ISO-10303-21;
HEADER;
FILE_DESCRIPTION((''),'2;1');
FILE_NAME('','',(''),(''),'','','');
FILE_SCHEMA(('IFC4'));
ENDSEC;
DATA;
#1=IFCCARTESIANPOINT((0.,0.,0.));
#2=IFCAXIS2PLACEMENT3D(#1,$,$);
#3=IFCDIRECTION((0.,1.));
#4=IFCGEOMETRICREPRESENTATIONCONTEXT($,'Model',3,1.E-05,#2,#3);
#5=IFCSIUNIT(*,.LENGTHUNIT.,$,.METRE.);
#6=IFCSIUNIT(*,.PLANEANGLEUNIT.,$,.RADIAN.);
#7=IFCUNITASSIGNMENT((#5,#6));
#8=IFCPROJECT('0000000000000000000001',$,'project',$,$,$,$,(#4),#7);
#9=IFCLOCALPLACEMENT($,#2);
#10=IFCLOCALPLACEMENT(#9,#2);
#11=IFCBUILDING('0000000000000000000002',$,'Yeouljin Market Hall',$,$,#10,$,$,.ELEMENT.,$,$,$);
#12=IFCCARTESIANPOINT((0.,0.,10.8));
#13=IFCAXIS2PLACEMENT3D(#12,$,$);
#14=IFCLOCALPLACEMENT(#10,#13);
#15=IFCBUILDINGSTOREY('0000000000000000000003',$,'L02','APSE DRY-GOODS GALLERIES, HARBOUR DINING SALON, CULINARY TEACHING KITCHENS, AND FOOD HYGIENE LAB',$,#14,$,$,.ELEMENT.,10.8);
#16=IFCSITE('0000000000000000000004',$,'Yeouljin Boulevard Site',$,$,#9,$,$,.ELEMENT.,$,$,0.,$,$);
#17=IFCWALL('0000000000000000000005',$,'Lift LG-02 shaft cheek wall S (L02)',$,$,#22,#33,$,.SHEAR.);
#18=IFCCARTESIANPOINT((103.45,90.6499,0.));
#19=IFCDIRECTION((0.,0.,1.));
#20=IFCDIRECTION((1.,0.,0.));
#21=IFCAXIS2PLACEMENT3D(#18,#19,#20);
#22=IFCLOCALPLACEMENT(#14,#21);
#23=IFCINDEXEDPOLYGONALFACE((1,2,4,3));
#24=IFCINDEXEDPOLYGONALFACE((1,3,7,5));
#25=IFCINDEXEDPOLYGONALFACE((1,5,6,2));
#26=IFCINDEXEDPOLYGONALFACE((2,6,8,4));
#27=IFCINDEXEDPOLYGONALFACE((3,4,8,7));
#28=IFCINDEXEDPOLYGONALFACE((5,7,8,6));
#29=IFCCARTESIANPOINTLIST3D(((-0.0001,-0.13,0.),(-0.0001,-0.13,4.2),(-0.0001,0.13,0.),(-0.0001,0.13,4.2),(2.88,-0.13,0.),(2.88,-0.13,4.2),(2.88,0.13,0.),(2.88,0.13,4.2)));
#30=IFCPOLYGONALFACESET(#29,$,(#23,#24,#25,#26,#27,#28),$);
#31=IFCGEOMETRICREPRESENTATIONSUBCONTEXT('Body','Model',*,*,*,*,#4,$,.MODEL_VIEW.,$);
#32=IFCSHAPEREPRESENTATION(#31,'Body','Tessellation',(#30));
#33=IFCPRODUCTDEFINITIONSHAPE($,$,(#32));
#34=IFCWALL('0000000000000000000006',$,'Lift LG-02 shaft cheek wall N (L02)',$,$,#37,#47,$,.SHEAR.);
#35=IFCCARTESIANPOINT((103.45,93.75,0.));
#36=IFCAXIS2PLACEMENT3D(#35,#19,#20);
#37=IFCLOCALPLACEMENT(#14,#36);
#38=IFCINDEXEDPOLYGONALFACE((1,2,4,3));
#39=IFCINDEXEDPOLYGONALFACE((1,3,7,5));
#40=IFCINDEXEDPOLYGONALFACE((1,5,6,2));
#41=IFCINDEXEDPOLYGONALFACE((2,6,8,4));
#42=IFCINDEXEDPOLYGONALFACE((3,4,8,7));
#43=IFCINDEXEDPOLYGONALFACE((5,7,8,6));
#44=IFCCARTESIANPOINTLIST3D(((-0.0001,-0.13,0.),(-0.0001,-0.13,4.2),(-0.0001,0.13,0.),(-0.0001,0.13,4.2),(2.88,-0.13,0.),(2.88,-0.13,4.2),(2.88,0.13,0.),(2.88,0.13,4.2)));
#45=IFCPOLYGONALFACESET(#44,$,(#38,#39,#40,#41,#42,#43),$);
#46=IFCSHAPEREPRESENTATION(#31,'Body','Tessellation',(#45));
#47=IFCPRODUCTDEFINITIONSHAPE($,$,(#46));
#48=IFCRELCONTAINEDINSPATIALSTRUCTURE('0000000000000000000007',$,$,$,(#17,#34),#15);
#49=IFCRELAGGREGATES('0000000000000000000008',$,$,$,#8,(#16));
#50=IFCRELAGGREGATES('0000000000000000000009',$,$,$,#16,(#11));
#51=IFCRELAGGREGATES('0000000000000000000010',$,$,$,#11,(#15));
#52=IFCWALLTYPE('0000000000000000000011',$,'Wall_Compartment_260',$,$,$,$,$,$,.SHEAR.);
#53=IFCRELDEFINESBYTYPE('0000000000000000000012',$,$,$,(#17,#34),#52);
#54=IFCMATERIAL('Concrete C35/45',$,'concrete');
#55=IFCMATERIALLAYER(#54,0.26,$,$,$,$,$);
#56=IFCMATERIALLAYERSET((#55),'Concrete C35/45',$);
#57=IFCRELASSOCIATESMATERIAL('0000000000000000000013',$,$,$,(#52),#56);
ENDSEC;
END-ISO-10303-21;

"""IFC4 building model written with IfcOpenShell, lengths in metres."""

from ifc_helpers import new_model, si_unit, direction, frame, frame_2d, origin, place, context, subcontext, project, spatial, rectangle, extrude, material, layer, layer_set, type_object, element, save


model = new_model("IFC4")

# Units and contexts
model_context = context("Model", 3, precision=1e-05, world=origin(), true_north=direction((0.0, 1.0)))
body_context = subcontext(model_context, "Body", "Model", "MODEL_VIEW")
ifc_project = project(units=[si_unit("LENGTHUNIT", "METRE"), si_unit("PLANEANGLEUNIT", "RADIAN")], contexts=[model_context])

# Site, building, storey
site_placement = place(None, origin())
site = spatial("IfcSite", under=ifc_project, at=site_placement, Name="Yeouljin Boulevard Site", CompositionType="ELEMENT", RefElevation=0.0)
building_placement = place(site_placement, origin())
building = spatial("IfcBuilding", under=site, at=building_placement, Name="Yeouljin Market Hall", CompositionType="ELEMENT")
storey_placement = place(building_placement, frame((0.0, 0.0, 10.8)))
storey = spatial("IfcBuildingStorey", under=building, at=storey_placement, Name="L02", Description="APSE DRY-GOODS GALLERIES, HARBOUR DINING SALON, CULINARY TEACHING KITCHENS, AND FOOD HYGIENE LAB", CompositionType="ELEMENT", Elevation=10.8)

# Shared definitions
ifc_material_1 = material(Name="Concrete C35/45", Category="concrete")
ifc_layer_1 = layer(ifc_material_1, 0.26)
ifc_layer_set_1 = layer_set([ifc_layer_1], Name="Concrete C35/45")
wall_type_1 = type_object("IfcWallType", Name="Wall_Compartment_260", PredefinedType="SHEAR", material=ifc_layer_set_1)

# Walls
for number, where, z_axis, x_axis, name in (
    (1, (103.45, 90.6499, 0.0), (0.0, 0.0, 1.0), (1.0, 0.0, 0.0), "Lift LG-02 shaft cheek wall S (L02)"),
    (2, (103.45, 93.75, 0.0), (0.0, 0.0, 1.0), (1.0, 0.0, 0.0), "Lift LG-02 shaft cheek wall N (L02)"),
):
    element("IfcWall", number, at=place(storey_placement, frame(where, z_axis=z_axis, x_axis=x_axis)), inside=storey, type_object=wall_type_1, Name=name, PredefinedType="SHEAR", context=body_context, shape_type="SweptSolid", body=[
        extrude(rectangle(XDim=2.8801, YDim=0.26, at=frame_2d((1.4399, 0.0))), origin(), (0.0, 0.0, 1.0), 4.2),
    ])

save(model, "model.ifc")
